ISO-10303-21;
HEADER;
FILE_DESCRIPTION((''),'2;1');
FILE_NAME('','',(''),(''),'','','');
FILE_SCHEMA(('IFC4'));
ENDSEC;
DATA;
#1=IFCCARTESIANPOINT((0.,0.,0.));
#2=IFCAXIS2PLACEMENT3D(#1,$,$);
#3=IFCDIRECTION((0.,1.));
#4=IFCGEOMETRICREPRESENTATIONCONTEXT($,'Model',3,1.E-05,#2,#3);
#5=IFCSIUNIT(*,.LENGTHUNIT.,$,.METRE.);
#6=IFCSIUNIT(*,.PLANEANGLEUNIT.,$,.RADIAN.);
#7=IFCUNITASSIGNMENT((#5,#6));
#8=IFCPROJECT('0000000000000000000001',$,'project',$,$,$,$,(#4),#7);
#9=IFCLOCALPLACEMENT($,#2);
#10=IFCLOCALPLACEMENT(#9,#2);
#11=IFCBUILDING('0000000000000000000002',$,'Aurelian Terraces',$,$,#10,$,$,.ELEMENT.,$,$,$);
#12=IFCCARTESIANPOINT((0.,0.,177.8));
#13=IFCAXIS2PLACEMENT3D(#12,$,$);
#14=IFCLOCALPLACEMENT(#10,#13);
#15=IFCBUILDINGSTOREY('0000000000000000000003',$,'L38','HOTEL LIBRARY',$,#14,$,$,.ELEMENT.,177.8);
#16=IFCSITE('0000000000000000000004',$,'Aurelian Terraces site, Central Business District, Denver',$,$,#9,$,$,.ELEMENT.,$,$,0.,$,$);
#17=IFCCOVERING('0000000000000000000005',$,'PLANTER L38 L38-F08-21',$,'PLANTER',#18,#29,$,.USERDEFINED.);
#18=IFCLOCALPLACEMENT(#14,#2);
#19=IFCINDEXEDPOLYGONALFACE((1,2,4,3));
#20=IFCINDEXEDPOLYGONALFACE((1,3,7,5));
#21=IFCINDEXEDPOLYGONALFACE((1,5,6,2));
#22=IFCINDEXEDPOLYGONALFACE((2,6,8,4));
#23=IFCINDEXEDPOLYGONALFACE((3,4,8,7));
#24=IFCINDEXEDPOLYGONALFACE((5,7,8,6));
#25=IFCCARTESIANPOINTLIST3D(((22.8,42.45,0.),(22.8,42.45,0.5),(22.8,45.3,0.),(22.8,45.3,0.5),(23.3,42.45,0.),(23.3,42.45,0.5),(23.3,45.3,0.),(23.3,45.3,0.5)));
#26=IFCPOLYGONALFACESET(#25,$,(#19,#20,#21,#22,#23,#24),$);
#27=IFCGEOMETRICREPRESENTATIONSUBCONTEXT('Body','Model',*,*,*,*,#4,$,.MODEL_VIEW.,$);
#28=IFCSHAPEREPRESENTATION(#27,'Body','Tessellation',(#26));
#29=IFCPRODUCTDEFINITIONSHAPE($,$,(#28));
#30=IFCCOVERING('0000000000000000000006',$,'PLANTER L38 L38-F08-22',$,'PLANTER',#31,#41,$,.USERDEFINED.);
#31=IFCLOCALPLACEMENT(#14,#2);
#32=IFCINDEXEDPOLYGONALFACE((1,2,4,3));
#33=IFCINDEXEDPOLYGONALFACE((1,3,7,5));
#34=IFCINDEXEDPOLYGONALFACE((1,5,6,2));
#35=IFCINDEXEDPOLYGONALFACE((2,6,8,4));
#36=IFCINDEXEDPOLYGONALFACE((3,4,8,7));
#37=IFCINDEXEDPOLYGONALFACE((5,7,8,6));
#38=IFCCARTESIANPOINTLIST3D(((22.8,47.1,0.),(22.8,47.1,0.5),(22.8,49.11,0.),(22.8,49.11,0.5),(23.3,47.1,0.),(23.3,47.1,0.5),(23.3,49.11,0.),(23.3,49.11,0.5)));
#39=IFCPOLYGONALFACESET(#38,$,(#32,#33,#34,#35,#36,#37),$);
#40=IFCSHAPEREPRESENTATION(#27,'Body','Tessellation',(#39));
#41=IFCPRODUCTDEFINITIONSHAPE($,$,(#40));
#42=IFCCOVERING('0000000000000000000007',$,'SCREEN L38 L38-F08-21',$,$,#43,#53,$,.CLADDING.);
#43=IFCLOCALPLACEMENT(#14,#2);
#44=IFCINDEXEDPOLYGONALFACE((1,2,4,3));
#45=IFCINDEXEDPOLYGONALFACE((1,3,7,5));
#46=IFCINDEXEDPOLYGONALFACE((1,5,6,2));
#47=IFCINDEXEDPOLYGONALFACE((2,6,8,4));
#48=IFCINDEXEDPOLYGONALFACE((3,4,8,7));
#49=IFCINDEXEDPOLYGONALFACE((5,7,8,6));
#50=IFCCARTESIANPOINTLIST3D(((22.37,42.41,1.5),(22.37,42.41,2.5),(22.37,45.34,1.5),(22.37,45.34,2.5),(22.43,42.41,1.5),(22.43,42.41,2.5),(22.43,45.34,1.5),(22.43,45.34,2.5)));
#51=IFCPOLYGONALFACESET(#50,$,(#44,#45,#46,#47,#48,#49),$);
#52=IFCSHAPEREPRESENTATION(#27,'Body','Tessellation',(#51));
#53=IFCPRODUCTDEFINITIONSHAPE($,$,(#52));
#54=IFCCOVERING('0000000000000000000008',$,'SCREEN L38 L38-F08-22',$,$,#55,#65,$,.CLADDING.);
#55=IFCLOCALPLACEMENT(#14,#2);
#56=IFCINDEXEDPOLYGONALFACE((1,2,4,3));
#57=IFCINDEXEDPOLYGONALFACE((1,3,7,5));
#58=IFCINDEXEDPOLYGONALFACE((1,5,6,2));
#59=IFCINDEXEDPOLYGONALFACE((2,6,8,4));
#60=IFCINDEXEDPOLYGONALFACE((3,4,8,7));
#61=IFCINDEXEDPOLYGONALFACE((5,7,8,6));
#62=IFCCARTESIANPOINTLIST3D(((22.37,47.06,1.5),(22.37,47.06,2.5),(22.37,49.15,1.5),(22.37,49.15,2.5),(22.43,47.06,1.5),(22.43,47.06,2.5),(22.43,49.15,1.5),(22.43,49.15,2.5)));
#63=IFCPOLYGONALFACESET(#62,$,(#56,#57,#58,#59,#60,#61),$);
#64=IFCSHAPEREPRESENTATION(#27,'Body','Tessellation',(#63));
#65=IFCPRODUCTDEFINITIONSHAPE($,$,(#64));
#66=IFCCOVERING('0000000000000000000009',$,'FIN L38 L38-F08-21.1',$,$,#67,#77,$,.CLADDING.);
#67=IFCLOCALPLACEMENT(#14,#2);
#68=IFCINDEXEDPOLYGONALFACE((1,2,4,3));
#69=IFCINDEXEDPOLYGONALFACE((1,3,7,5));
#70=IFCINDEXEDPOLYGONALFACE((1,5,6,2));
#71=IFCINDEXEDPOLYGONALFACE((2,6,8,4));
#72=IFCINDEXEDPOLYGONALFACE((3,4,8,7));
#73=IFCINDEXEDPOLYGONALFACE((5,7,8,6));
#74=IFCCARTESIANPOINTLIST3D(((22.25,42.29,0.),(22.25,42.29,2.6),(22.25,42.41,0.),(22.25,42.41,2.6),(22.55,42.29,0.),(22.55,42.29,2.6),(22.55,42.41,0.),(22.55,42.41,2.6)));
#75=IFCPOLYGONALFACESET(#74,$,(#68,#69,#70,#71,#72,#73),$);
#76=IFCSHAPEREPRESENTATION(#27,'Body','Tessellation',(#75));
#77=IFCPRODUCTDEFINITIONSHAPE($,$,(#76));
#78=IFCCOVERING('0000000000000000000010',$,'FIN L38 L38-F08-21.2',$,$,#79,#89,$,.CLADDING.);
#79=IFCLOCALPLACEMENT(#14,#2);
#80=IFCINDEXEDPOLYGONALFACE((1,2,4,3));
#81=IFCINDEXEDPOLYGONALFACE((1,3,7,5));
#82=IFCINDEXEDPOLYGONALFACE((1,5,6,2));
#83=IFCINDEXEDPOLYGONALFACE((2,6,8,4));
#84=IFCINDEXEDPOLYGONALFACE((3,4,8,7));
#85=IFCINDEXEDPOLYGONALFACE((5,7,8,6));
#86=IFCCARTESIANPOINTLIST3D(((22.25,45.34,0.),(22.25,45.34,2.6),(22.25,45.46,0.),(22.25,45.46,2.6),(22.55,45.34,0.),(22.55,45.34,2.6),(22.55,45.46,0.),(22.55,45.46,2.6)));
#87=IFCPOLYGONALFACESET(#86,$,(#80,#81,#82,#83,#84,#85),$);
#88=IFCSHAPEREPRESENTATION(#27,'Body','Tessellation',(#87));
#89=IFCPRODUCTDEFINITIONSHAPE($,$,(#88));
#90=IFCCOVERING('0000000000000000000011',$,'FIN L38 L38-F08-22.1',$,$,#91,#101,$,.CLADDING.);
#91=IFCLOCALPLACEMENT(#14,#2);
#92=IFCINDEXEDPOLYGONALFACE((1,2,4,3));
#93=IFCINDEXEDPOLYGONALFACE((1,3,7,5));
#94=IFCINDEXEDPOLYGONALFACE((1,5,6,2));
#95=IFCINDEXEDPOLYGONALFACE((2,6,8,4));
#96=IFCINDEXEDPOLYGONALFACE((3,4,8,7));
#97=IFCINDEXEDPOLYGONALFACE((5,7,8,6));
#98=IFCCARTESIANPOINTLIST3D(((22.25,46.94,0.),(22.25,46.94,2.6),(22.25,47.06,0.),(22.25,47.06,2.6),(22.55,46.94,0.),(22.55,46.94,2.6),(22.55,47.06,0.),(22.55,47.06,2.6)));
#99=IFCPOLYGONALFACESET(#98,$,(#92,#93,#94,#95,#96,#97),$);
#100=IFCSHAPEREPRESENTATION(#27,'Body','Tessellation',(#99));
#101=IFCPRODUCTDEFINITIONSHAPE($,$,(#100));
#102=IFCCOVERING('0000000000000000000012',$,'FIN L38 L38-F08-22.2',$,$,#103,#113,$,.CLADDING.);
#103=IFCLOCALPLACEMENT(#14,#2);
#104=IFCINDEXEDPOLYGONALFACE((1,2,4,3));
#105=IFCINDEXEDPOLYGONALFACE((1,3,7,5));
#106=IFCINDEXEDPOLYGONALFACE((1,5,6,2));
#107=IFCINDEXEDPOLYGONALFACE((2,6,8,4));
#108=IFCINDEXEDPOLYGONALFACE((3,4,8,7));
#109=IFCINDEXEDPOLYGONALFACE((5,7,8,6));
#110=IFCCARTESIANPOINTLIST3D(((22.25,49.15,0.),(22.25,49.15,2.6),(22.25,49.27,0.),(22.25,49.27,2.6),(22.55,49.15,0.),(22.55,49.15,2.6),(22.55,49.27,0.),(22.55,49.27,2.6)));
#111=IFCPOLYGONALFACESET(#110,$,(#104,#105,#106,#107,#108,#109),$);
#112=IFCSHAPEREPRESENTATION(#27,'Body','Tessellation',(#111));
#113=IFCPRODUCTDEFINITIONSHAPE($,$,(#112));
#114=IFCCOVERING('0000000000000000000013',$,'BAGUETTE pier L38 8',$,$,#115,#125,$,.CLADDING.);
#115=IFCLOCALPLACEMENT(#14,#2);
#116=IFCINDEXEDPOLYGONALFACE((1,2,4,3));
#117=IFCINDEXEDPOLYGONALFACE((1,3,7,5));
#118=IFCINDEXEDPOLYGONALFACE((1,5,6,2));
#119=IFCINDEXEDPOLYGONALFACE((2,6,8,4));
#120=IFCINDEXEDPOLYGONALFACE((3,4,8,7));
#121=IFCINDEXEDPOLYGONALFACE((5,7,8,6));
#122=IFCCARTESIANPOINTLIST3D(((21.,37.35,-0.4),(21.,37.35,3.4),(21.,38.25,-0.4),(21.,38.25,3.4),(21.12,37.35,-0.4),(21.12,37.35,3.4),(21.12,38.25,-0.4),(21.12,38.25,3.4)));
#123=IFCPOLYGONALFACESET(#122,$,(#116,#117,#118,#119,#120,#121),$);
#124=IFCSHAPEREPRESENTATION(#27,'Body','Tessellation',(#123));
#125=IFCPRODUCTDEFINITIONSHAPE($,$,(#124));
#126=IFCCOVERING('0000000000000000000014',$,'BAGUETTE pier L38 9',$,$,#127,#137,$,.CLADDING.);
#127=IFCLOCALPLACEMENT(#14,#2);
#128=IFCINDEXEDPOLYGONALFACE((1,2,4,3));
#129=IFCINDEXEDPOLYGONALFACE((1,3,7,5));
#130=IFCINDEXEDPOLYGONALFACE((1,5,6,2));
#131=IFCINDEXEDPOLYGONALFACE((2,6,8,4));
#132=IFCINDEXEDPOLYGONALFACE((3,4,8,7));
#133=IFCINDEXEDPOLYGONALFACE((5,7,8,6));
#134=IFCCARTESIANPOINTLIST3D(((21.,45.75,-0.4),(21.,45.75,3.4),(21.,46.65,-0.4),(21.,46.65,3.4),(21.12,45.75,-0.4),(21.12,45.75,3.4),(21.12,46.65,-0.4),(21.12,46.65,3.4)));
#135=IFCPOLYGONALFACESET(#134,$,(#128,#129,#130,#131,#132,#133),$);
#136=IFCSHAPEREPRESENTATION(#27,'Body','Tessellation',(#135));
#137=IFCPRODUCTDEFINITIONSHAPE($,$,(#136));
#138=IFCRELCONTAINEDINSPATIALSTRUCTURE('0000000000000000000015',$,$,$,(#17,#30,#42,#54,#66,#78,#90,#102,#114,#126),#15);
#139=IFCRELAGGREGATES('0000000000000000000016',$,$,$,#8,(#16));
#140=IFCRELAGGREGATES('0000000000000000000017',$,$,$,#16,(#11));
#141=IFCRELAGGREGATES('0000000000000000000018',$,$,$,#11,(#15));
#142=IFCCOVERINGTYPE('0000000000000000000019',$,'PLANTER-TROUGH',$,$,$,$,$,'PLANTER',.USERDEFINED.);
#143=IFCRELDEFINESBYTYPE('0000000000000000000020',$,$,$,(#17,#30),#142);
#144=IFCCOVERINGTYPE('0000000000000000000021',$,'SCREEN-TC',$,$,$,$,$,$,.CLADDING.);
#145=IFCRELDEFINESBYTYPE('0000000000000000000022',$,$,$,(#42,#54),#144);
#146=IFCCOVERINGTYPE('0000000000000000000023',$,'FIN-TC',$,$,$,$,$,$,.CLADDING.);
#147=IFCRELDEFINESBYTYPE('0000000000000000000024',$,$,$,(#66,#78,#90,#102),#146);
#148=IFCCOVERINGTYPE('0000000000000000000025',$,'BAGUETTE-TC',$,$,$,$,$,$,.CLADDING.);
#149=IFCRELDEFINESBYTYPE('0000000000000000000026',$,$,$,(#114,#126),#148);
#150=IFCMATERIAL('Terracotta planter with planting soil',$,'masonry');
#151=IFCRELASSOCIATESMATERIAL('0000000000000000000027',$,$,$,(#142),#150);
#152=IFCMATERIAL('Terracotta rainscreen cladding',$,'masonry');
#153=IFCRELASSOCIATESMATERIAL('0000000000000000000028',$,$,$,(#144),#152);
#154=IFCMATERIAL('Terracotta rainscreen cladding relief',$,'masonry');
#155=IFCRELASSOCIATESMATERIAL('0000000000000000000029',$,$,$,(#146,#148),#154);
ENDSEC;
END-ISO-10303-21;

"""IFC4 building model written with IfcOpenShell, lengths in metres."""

from ifc_helpers import new_model, si_unit, direction, frame, origin, origin_2d, place, context, subcontext, project, spatial, rectangle, extrude, source, transform, mapped, material, type_object, element, save


model = new_model("IFC4")

# Units and contexts
model_context = context("Model", 3, precision=1e-05, world=origin(), true_north=direction((0.0, 1.0)))
body_context = subcontext(model_context, "Body", "Model", "MODEL_VIEW")
ifc_project = project(units=[si_unit("LENGTHUNIT", "METRE"), si_unit("PLANEANGLEUNIT", "RADIAN")], contexts=[model_context])

# Site, building, storey
site_placement = place(None, origin())
site = spatial("IfcSite", under=ifc_project, at=site_placement, Name="Aurelian Terraces site, Central Business District, Denver", CompositionType="ELEMENT", RefElevation=0.0)
building_placement = place(site_placement, origin())
building = spatial("IfcBuilding", under=site, at=building_placement, Name="Aurelian Terraces", CompositionType="ELEMENT")
storey_placement = place(building_placement, frame((0.0, 0.0, 177.8)))
storey = spatial("IfcBuildingStorey", under=building, at=storey_placement, Name="L38", Description="HOTEL LIBRARY", CompositionType="ELEMENT", Elevation=177.8)

# Shared definitions
ifc_material_1 = material(Name="Terracotta rainscreen cladding", Category="masonry")

# Coverings
ifc_material_2 = material(Name="Terracotta planter with planting soil", Category="masonry")
covering_type_1 = type_object("IfcCoveringType", Name="PLANTER-TROUGH", ElementType="PLANTER", PredefinedType="USERDEFINED", material=ifc_material_2)
covering_1_placement = place(storey_placement, frame((23.05, 43.875, 0.0), z_axis=(0.0, 0.0, 1.0), x_axis=(1.0, 0.0, 0.0)))
element("IfcCovering", 1, at=covering_1_placement, inside=storey, type_object=covering_type_1, Name="PLANTER L38 L38-F08-21", ObjectType="PLANTER", PredefinedType="USERDEFINED", context=body_context, shape_type="SweptSolid", body=[
    extrude(rectangle(XDim=0.5, YDim=2.85, at=origin_2d()), origin(), (0.0, 0.0, 1.0), 0.5),
])
covering_2_placement = place(storey_placement, frame((23.05, 48.105, 0.0), z_axis=(0.0, 0.0, 1.0), x_axis=(1.0, 0.0, 0.0)))
element("IfcCovering", 2, at=covering_2_placement, inside=storey, type_object=covering_type_1, Name="PLANTER L38 L38-F08-22", ObjectType="PLANTER", PredefinedType="USERDEFINED", context=body_context, shape_type="SweptSolid", body=[
    extrude(rectangle(XDim=0.5, YDim=2.01, at=origin_2d()), origin(), (0.0, 0.0, 1.0), 0.5),
])
covering_type_2 = type_object("IfcCoveringType", Name="SCREEN-TC", PredefinedType="CLADDING", material=ifc_material_1)
covering_3_placement = place(storey_placement, frame((22.4, 43.875, 1.5), z_axis=(0.0, 0.0, 1.0), x_axis=(1.0, 0.0, 0.0)))
element("IfcCovering", 3, at=covering_3_placement, inside=storey, type_object=covering_type_2, Name="SCREEN L38 L38-F08-21", PredefinedType="CLADDING", context=body_context, shape_type="SweptSolid", body=[
    extrude(rectangle(XDim=0.06, YDim=2.93, at=origin_2d()), origin(), (0.0, 0.0, 1.0), 1.0),
])
covering_4_placement = place(storey_placement, frame((22.4, 48.105, 1.5), z_axis=(0.0, 0.0, 1.0), x_axis=(1.0, 0.0, 0.0)))
element("IfcCovering", 4, at=covering_4_placement, inside=storey, type_object=covering_type_2, Name="SCREEN L38 L38-F08-22", PredefinedType="CLADDING", context=body_context, shape_type="SweptSolid", body=[
    extrude(rectangle(XDim=0.06, YDim=2.09, at=origin_2d()), origin(), (0.0, 0.0, 1.0), 1.0),
])
ifc_material_3 = material(Name="Terracotta rainscreen cladding relief", Category="masonry")
covering_type_3 = type_object("IfcCoveringType", Name="FIN-TC", PredefinedType="CLADDING", material=ifc_material_3)
shared_shape_1 = source(origin(), body_context, "Body", "SweptSolid", [
    extrude(rectangle(XDim=0.3, YDim=0.12, at=origin_2d()), origin(), (0.0, 0.0, 1.0), 2.6),
])
for number, where, z_axis, x_axis, name in (
    (5, (22.4, 42.35, 0.0), (0.0, 0.0, 1.0), (1.0, 0.0, 0.0), "FIN L38 L38-F08-21.1"),
    (6, (22.4, 45.4, 0.0), (0.0, 0.0, 1.0), (1.0, 0.0, 0.0), "FIN L38 L38-F08-21.2"),
    (7, (22.4, 47.0, 0.0), (0.0, 0.0, 1.0), (1.0, 0.0, 0.0), "FIN L38 L38-F08-22.1"),
    (8, (22.4, 49.21, 0.0), (0.0, 0.0, 1.0), (1.0, 0.0, 0.0), "FIN L38 L38-F08-22.2"),
):
    element("IfcCovering", number, at=place(storey_placement, frame(where, z_axis=z_axis, x_axis=x_axis)), inside=storey, type_object=covering_type_3, Name=name, PredefinedType="CLADDING", context=body_context, shape_type="MappedRepresentation", body=[
        mapped(shared_shape_1, transform((0.0, 0.0, 0.0), scale=1.0)),
    ])
covering_type_4 = type_object("IfcCoveringType", Name="BAGUETTE-TC", PredefinedType="CLADDING", material=ifc_material_3)
shared_shape_2 = source(origin(), body_context, "Body", "SweptSolid", [
    extrude(rectangle(XDim=0.12, YDim=0.9, at=origin_2d()), origin(), (0.0, 0.0, 1.0), 3.8),
])
for number, where, z_axis, x_axis, name in (
    (9, (21.06, 37.8, -0.4), (0.0, 0.0, 1.0), (1.0, 0.0, 0.0), "BAGUETTE pier L38 8"),
    (10, (21.06, 46.2, -0.4), (0.0, 0.0, 1.0), (1.0, 0.0, 0.0), "BAGUETTE pier L38 9"),
):
    element("IfcCovering", number, at=place(storey_placement, frame(where, z_axis=z_axis, x_axis=x_axis)), inside=storey, type_object=covering_type_4, Name=name, PredefinedType="CLADDING", context=body_context, shape_type="MappedRepresentation", body=[
        mapped(shared_shape_2, transform((0.0, 0.0, 0.0), scale=1.0)),
    ])

save(model, "model.ifc")
